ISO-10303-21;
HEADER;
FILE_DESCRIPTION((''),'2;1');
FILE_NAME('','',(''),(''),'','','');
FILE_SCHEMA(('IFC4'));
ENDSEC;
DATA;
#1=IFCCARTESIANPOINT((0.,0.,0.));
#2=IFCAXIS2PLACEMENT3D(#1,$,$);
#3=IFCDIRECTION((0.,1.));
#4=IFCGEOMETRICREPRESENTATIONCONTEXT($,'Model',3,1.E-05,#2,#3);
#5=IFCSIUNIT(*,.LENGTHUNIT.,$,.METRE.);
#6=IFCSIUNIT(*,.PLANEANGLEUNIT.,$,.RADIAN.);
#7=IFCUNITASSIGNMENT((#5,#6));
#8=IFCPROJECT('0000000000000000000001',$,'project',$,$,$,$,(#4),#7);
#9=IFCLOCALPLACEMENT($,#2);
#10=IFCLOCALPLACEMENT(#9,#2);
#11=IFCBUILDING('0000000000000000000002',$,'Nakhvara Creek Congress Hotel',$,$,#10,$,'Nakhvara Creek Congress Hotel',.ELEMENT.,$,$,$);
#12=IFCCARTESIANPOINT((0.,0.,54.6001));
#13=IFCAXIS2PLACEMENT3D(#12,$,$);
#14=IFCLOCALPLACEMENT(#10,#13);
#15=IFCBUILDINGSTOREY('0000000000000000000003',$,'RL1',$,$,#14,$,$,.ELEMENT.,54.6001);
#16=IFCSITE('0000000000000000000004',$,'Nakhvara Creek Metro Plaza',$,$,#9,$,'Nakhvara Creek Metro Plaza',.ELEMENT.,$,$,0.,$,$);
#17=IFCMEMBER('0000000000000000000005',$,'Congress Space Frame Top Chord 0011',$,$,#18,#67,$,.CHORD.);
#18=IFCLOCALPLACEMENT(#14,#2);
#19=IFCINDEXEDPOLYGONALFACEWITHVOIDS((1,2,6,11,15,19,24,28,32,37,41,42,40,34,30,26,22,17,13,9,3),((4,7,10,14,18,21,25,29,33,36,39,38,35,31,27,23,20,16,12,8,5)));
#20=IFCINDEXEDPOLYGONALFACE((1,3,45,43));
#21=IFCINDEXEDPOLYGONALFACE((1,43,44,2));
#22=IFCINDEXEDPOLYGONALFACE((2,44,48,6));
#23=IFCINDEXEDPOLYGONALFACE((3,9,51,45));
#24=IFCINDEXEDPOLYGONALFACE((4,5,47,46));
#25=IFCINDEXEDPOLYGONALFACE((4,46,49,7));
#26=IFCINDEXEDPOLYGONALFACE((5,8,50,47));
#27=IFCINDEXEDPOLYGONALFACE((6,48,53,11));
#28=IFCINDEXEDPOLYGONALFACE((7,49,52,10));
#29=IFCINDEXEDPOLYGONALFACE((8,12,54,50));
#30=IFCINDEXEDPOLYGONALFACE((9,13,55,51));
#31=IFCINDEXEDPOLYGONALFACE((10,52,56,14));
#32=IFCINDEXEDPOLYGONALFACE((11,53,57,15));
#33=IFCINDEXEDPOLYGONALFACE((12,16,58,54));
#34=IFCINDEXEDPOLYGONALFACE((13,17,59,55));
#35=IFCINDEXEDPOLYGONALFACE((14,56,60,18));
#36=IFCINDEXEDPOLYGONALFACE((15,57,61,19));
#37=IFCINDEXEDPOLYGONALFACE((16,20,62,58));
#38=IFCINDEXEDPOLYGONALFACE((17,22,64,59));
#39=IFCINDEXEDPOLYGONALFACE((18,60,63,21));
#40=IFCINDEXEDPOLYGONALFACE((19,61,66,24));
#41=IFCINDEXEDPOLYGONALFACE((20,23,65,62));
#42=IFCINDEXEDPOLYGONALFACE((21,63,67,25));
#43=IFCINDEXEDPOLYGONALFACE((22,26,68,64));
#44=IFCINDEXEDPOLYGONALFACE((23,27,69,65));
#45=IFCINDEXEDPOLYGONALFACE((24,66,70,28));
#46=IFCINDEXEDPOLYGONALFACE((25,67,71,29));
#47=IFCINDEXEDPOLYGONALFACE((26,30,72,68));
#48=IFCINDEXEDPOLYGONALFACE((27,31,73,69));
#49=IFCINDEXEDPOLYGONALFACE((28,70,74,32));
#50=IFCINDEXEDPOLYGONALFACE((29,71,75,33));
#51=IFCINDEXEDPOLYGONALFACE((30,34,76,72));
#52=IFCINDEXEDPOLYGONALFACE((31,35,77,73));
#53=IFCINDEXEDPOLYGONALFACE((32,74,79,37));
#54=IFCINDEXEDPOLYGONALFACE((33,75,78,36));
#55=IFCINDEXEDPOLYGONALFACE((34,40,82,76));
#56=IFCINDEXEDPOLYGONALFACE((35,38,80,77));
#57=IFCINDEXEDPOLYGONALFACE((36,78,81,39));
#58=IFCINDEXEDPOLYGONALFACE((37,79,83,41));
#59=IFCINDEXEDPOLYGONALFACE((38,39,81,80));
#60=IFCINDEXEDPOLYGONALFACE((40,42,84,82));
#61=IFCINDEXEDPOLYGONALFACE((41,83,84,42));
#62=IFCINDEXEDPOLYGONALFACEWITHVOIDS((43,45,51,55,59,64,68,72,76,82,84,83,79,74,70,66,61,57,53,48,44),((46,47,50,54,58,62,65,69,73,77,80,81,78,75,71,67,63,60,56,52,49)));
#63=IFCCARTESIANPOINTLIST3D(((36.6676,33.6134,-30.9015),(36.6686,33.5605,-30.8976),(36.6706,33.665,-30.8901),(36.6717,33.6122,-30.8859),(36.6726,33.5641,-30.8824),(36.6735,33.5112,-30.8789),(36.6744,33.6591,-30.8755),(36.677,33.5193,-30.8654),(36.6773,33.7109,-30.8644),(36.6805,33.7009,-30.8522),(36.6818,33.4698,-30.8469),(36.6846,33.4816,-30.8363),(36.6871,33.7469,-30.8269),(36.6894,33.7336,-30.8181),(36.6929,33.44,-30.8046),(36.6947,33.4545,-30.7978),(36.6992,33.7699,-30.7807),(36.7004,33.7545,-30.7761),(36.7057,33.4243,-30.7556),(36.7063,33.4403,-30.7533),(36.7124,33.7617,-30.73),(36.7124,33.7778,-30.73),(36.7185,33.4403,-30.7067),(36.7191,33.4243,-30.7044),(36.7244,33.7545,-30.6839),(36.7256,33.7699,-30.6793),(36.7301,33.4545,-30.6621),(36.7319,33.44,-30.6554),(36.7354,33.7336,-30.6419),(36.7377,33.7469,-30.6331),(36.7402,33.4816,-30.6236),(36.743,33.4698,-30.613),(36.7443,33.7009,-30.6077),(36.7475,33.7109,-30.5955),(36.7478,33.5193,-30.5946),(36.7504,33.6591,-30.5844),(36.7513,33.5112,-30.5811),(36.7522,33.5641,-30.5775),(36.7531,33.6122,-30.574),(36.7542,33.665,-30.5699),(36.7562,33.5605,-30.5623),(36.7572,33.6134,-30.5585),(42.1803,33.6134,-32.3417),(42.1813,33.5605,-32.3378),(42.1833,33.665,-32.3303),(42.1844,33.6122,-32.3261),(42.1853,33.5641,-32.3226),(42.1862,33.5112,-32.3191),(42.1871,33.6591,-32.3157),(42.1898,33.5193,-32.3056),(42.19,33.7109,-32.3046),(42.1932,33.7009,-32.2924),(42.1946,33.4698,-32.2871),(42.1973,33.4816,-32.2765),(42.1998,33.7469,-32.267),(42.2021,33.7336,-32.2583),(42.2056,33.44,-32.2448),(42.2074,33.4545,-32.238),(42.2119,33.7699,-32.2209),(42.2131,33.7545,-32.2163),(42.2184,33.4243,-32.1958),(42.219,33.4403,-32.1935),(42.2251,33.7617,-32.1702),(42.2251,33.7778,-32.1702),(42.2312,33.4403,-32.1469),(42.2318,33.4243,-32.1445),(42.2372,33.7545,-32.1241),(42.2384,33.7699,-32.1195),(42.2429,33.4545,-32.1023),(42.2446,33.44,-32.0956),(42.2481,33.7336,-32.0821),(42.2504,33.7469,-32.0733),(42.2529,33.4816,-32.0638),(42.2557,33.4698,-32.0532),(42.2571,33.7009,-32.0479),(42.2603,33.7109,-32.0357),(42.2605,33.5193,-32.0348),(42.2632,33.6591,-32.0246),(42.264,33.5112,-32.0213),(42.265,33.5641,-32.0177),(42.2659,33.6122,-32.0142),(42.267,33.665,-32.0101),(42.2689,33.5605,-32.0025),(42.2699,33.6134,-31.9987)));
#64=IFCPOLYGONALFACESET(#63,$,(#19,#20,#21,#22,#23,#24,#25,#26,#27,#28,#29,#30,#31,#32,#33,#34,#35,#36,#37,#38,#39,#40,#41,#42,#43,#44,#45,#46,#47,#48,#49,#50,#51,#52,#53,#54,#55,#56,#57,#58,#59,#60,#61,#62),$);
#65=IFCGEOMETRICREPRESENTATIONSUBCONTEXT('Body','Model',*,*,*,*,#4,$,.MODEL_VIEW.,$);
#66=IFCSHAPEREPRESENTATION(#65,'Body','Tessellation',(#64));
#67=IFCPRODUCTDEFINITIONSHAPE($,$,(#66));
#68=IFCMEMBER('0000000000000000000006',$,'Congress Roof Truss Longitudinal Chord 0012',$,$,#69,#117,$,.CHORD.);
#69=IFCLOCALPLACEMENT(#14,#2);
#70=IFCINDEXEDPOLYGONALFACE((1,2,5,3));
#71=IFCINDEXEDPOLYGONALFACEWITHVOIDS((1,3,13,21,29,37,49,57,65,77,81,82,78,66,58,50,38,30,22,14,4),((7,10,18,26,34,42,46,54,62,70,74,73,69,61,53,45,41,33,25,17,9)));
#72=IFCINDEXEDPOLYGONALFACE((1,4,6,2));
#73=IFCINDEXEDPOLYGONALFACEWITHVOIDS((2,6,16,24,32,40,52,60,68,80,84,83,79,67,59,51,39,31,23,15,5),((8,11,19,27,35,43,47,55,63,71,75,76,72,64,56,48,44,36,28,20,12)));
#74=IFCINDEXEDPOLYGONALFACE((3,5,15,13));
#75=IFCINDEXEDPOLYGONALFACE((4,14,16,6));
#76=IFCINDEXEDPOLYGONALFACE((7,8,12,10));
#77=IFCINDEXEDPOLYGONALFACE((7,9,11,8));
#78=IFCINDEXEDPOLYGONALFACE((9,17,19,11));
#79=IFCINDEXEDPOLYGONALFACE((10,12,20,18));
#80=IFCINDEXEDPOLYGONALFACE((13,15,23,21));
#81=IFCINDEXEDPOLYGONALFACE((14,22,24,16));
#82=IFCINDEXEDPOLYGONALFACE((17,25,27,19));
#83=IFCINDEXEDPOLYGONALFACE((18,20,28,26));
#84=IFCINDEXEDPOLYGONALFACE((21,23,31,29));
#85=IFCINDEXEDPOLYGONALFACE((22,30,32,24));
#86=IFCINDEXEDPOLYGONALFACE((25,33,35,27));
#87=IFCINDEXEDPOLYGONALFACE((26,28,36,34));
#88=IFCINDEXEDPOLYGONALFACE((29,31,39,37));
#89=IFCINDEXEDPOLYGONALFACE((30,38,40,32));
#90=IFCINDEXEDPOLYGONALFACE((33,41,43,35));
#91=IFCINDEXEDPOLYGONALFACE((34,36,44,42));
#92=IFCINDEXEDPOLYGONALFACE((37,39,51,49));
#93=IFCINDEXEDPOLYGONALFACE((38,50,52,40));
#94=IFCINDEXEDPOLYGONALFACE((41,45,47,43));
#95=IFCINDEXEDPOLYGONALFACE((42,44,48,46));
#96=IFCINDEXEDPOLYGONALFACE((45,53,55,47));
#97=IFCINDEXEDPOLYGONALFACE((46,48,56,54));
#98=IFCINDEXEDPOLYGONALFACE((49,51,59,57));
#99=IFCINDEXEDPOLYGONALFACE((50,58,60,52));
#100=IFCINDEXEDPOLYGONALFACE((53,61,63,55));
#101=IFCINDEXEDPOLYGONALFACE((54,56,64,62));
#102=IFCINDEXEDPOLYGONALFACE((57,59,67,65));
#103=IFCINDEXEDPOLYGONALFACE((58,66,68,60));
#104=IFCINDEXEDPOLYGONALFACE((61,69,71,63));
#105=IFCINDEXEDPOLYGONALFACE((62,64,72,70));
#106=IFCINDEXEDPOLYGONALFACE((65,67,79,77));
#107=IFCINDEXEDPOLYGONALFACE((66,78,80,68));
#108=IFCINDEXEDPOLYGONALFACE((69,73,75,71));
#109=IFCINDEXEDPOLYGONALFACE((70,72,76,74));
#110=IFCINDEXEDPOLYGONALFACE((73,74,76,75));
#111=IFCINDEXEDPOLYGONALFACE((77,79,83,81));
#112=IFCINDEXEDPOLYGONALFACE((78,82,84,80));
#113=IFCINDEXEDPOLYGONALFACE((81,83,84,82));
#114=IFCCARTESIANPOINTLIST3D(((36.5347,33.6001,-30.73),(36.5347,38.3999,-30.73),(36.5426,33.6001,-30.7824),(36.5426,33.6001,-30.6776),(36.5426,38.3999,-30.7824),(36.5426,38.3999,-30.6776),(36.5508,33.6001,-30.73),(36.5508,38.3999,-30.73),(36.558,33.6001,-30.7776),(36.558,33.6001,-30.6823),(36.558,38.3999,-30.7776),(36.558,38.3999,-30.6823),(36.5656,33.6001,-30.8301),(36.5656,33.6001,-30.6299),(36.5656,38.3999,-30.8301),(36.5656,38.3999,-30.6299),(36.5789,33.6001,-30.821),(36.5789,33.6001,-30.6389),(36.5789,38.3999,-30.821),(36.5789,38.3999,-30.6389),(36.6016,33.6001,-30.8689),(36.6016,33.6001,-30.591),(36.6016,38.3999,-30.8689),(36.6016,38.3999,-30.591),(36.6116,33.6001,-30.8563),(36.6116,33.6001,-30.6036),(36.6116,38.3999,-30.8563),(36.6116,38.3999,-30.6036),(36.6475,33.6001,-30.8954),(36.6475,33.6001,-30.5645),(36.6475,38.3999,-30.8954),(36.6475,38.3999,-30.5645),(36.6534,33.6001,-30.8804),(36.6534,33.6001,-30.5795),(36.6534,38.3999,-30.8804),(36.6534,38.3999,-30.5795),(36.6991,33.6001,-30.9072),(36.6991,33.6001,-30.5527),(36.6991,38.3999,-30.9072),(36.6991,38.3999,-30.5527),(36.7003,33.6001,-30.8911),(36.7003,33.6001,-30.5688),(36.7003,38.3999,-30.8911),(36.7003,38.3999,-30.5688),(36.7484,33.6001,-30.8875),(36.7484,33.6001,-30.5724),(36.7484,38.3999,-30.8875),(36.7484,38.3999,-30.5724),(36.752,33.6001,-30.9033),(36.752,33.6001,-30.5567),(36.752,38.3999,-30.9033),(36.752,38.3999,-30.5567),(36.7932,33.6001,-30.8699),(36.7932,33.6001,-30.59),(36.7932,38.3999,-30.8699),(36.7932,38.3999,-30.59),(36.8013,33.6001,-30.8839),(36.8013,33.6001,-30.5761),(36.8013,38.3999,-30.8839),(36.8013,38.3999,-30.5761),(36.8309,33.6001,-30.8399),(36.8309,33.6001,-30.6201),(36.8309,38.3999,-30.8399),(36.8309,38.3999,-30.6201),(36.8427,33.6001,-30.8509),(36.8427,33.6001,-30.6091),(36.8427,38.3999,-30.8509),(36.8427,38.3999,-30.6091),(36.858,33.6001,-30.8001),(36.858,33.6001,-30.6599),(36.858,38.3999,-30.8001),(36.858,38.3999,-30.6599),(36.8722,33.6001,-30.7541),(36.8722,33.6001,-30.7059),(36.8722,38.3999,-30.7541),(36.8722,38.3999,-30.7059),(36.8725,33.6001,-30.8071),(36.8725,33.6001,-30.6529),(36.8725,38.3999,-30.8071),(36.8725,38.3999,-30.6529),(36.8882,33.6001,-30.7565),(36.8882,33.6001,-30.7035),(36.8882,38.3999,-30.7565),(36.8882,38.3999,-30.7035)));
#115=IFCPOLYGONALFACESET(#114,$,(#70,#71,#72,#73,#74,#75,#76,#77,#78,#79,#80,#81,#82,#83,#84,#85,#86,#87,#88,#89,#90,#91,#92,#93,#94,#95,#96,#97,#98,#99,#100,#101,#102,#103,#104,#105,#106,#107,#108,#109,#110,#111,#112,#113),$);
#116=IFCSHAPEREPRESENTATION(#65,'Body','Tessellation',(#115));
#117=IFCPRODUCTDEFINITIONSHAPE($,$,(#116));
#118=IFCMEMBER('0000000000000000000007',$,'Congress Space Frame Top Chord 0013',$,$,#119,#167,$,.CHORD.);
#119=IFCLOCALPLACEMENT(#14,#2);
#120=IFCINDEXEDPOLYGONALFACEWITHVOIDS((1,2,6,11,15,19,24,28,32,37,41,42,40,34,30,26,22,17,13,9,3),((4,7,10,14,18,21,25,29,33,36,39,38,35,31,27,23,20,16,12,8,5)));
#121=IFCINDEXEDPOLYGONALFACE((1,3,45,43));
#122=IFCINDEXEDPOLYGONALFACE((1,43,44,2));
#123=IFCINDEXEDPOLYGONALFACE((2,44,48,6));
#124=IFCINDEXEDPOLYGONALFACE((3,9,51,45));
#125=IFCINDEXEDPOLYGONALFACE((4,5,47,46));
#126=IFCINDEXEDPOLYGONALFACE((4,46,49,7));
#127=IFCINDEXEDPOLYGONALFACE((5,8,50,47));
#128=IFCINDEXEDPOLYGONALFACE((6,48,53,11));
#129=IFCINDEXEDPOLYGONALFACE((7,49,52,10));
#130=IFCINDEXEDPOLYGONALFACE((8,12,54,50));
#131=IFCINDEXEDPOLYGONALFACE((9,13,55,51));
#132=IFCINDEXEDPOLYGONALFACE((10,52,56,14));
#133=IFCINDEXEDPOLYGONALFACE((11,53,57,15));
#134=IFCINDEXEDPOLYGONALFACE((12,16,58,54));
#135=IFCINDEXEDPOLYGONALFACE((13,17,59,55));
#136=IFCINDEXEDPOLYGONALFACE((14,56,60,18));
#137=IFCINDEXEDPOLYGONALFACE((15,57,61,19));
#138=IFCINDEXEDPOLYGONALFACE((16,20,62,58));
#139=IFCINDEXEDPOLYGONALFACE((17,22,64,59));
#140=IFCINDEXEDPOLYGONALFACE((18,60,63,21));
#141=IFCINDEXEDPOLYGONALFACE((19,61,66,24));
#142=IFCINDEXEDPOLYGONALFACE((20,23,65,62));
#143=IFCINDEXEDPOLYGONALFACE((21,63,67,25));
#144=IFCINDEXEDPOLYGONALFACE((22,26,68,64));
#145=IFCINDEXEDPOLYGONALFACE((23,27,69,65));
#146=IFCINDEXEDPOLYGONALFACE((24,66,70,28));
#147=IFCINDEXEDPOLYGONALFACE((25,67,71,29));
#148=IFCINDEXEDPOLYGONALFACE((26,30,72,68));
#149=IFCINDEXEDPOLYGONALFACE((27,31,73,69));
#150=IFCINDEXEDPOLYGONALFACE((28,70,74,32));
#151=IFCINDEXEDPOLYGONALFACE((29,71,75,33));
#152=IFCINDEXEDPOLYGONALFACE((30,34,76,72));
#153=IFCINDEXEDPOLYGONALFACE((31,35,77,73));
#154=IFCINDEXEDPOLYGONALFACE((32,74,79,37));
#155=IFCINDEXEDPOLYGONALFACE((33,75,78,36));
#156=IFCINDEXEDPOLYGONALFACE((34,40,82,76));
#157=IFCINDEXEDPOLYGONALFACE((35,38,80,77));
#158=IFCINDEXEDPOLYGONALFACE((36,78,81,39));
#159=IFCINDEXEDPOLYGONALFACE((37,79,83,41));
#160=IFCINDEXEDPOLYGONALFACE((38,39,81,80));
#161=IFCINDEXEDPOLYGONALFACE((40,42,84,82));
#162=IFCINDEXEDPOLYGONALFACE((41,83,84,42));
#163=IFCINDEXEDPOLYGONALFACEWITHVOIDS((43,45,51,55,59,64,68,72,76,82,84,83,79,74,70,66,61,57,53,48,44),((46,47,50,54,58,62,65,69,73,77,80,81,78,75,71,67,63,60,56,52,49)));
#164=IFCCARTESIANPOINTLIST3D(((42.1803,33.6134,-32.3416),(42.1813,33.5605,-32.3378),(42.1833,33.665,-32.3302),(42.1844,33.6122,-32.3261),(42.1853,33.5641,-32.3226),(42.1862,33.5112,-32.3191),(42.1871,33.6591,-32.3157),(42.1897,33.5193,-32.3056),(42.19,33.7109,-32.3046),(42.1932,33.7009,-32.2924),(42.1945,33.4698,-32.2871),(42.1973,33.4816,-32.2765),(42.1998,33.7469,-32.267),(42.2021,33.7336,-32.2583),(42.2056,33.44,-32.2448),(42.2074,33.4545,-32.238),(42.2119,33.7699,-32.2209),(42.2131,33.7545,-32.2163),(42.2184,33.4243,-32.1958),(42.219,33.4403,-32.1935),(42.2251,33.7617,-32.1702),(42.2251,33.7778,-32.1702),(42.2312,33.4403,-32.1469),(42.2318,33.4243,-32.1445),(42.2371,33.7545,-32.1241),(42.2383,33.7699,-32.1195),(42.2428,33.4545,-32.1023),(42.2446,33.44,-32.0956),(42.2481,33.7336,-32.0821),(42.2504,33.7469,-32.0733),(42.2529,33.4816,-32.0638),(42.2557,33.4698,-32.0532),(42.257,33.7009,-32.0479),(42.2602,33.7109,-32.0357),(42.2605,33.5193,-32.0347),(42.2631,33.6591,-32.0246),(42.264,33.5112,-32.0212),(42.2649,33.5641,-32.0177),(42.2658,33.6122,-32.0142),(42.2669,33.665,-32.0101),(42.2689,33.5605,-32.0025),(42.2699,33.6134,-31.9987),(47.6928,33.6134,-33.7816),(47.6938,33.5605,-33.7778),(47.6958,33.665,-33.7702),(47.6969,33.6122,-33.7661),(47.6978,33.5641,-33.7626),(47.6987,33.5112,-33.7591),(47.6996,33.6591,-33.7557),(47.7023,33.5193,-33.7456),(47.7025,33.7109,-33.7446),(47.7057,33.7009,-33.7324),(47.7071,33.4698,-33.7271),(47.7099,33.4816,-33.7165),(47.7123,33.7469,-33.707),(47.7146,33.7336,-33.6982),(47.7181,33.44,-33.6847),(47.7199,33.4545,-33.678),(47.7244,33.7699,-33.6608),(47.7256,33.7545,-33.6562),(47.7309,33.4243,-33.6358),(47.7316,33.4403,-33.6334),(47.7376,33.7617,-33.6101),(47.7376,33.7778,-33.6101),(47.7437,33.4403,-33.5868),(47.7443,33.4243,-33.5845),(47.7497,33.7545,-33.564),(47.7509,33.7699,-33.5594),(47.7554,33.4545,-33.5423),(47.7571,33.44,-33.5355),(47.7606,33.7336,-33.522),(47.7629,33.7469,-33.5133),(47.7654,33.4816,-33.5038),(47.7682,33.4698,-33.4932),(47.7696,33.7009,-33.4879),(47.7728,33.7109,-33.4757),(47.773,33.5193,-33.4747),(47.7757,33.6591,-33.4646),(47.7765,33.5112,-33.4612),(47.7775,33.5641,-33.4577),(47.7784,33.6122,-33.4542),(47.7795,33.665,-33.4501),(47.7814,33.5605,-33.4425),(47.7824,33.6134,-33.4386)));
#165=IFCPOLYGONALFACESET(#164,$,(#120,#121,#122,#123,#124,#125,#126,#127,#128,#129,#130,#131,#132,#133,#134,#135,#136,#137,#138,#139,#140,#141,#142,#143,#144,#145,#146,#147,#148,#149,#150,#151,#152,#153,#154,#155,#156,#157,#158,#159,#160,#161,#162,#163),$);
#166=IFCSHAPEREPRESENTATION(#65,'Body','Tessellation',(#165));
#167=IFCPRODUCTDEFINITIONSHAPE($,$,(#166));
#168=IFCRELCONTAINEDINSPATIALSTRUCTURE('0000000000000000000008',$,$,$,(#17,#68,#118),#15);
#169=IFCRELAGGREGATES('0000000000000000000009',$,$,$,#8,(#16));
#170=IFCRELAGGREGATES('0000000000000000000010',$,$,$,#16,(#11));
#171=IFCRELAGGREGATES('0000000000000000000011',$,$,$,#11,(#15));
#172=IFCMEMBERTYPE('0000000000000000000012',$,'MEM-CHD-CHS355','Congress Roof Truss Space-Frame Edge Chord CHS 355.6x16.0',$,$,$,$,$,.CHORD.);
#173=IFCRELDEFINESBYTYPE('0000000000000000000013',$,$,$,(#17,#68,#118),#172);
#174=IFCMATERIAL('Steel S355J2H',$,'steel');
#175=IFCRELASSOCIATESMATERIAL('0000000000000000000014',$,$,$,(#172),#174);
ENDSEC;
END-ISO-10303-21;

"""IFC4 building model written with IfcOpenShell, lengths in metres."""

from ifc_helpers import new_model, si_unit, direction, frame, origin, origin_2d, place, context, subcontext, project, spatial, hollow_circle, extrude, material, material_profile, profile_set, type_object, element, save


model = new_model("IFC4")

# Units and contexts
model_context = context("Model", 3, precision=1e-05, world=origin(), true_north=direction((0.0, 1.0)))
body_context = subcontext(model_context, "Body", "Model", "MODEL_VIEW")
ifc_project = project(units=[si_unit("LENGTHUNIT", "METRE"), si_unit("PLANEANGLEUNIT", "RADIAN")], contexts=[model_context])

# Site, building, storey
site_placement = place(None, origin())
site = spatial("IfcSite", under=ifc_project, at=site_placement, Name="Nakhvara Creek Metro Plaza", LongName="Nakhvara Creek Metro Plaza", CompositionType="ELEMENT", RefElevation=0.0)
building_placement = place(site_placement, origin())
building = spatial("IfcBuilding", under=site, at=building_placement, Name="Nakhvara Creek Congress Hotel", LongName="Nakhvara Creek Congress Hotel", CompositionType="ELEMENT")
storey_placement = place(building_placement, frame((0.0, 0.0, 54.6001)))
storey = spatial("IfcBuildingStorey", under=building, at=storey_placement, Name="RL1", CompositionType="ELEMENT", Elevation=54.6001)

# Members
ifc_material_1 = material(Name="Steel S355J2H", Category="steel")
ifc_material_profile_1 = material_profile(ifc_material_1, hollow_circle(Radius=0.1777, WallThickness=0.0161, at=origin_2d()), Name="CHS 355.6x16.0", Category="LoadBearing")
ifc_profile_set_1 = profile_set([ifc_material_profile_1], Name="Steel S355J2H")
member_type_1 = type_object("IfcMemberType", Name="MEM-CHD-CHS355", Description="Congress Roof Truss Space-Frame Edge Chord CHS 355.6x16.0", PredefinedType="CHORD", material=ifc_profile_set_1)
member_1_placement = place(storey_placement, frame((36.7124, 33.6001, -30.73), z_axis=(0.967528, 0.0, -0.252766), x_axis=(0.0, 1.0, 0.0)))
element("IfcMember", 1, at=member_1_placement, inside=storey, type_object=member_type_1, Name="Congress Space Frame Top Chord 0011", PredefinedType="CHORD", context=body_context, shape_type="SweptSolid", body=[
    extrude(hollow_circle(Radius=0.1777, WallThickness=0.0161, at=origin_2d()), origin(), (0.0, 0.0, 1.0), 5.6978),
])
member_2_placement = place(storey_placement, frame((36.7124, 33.6001, -30.73), z_axis=(0.0, 1.0, 0.0), x_axis=(-1.0, 0.0, 0.0)))
element("IfcMember", 2, at=member_2_placement, inside=storey, type_object=member_type_1, Name="Congress Roof Truss Longitudinal Chord 0012", PredefinedType="CHORD", context=body_context, shape_type="SweptSolid", body=[
    extrude(hollow_circle(Radius=0.1777, WallThickness=0.0161, at=origin_2d()), origin(), (0.0, 0.0, 1.0), 4.7998),
])
member_3_placement = place(storey_placement, frame((42.2251, 33.6001, -32.1702), z_axis=(0.967535, 0.0, -0.252736), x_axis=(0.0, 1.0, 0.0)))
element("IfcMember", 3, at=member_3_placement, inside=storey, type_object=member_type_1, Name="Congress Space Frame Top Chord 0013", PredefinedType="CHORD", context=body_context, shape_type="SweptSolid", body=[
    extrude(hollow_circle(Radius=0.1777, WallThickness=0.0161, at=origin_2d()), origin(), (0.0, 0.0, 1.0), 5.6975),
])

save(model, "model.ifc")
